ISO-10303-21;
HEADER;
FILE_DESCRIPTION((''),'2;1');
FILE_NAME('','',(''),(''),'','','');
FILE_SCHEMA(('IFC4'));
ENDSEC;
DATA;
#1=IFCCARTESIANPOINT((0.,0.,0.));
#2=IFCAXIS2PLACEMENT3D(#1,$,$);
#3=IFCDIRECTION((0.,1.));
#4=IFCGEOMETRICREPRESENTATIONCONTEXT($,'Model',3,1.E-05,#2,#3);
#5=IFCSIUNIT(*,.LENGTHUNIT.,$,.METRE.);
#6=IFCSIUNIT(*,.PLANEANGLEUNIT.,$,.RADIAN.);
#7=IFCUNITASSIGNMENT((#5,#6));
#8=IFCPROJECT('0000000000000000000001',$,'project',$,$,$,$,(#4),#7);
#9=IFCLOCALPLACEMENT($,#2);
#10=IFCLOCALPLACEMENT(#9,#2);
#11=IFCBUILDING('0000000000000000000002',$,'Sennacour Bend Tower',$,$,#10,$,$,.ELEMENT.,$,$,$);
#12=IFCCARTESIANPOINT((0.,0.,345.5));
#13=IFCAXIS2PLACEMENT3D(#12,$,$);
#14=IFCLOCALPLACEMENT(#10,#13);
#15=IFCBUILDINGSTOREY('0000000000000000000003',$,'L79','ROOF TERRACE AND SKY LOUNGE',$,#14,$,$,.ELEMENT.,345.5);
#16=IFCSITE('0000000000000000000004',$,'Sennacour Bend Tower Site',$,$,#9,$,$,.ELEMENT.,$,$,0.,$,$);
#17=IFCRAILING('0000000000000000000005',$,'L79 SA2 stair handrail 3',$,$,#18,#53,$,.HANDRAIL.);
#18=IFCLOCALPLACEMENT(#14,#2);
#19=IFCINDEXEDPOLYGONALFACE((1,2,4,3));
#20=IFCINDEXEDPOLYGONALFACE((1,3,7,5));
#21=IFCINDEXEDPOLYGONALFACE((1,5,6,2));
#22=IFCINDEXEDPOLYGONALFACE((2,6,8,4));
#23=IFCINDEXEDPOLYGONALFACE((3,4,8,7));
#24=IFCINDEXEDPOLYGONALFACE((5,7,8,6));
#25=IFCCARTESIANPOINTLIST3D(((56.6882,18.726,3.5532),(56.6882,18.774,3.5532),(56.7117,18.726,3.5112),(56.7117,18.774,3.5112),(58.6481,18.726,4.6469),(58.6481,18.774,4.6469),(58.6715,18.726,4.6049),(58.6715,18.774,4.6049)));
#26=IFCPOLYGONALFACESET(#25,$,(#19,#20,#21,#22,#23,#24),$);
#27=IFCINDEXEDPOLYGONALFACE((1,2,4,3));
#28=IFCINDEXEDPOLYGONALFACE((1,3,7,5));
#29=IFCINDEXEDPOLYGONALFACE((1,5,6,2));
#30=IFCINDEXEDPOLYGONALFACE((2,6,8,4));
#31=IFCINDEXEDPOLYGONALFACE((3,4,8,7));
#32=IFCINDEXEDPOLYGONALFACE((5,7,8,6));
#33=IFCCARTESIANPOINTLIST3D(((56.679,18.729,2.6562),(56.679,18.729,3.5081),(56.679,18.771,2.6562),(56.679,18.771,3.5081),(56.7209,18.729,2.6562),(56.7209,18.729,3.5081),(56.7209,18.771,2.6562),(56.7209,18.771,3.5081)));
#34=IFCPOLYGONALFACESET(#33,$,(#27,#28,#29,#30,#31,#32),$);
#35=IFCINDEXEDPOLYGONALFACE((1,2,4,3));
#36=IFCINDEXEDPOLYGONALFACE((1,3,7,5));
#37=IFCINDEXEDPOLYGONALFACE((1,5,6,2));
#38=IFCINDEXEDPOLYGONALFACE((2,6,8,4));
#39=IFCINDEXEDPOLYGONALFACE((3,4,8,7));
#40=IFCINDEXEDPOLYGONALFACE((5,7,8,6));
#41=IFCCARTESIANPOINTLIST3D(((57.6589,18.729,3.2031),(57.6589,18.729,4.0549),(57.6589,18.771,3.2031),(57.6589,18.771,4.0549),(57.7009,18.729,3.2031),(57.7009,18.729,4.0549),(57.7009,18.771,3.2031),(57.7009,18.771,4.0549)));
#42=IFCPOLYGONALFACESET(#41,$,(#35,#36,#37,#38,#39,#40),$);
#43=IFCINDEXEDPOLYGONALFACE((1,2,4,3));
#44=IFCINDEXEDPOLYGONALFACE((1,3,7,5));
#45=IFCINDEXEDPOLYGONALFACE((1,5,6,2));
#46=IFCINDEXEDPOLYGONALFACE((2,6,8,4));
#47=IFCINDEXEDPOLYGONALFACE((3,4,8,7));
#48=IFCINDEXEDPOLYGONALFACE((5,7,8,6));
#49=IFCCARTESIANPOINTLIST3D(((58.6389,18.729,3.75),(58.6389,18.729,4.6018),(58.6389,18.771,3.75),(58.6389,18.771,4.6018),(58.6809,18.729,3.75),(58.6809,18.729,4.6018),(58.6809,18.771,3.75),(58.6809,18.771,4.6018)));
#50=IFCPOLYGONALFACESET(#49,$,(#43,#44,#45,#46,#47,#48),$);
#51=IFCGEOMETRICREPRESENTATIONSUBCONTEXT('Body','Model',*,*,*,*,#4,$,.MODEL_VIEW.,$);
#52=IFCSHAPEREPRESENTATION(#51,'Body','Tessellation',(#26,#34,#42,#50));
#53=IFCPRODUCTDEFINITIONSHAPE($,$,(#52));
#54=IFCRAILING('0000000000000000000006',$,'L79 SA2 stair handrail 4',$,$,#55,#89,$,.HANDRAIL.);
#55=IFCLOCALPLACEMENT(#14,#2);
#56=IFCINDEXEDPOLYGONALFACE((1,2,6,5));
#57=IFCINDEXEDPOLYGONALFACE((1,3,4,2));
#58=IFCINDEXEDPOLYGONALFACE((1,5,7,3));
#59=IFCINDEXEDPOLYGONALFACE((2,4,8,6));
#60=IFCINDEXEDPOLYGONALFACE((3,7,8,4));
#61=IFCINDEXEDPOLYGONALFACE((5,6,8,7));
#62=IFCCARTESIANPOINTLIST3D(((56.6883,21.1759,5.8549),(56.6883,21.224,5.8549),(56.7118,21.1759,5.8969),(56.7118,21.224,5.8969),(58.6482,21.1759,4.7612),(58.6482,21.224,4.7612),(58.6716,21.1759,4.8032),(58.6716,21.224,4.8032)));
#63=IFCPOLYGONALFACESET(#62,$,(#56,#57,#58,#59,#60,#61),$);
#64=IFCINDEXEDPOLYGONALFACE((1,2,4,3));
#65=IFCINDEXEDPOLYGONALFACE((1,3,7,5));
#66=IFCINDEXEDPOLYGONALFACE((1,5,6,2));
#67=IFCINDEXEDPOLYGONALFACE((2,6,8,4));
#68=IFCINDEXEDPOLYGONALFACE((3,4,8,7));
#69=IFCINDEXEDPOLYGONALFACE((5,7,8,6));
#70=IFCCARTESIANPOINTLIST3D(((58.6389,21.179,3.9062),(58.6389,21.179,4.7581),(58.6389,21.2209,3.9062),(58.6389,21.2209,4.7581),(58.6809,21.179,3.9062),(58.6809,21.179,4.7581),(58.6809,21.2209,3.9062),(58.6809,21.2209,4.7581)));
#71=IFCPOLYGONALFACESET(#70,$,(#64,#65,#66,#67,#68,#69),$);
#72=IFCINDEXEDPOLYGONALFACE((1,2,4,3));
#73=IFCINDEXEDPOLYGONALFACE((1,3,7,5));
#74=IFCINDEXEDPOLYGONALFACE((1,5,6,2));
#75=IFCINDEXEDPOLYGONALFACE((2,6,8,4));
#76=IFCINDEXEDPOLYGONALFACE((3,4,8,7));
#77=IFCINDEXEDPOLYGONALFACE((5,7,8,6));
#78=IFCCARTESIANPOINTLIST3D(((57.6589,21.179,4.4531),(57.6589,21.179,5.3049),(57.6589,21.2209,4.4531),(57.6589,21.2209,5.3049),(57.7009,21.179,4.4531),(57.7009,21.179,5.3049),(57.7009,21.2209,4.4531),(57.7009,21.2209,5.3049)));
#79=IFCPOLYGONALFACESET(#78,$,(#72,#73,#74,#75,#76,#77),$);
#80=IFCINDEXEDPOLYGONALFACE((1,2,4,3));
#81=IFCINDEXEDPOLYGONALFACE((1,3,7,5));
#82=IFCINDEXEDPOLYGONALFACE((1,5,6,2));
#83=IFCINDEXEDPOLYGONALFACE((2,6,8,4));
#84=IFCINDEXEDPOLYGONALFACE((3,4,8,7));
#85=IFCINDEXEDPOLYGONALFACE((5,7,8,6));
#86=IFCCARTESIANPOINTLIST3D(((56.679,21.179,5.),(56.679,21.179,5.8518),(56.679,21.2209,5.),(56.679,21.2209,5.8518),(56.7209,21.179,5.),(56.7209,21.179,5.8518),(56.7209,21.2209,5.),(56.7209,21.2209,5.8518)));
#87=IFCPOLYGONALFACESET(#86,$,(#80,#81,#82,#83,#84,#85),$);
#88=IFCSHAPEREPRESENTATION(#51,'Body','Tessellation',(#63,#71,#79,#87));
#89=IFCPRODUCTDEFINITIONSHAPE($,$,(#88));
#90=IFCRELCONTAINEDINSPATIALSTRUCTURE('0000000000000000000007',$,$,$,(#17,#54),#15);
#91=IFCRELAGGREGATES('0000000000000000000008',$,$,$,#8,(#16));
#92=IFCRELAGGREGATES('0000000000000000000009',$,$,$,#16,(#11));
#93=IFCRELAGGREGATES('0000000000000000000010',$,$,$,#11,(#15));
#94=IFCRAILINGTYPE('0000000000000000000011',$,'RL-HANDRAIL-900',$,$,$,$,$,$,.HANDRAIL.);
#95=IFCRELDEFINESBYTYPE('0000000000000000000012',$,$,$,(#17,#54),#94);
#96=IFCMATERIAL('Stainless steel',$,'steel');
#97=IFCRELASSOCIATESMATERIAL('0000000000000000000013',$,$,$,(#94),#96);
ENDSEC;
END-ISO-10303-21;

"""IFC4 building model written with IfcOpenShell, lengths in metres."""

from ifc_helpers import new_model, si_unit, direction, frame, origin, origin_2d, place, context, subcontext, project, spatial, rectangle, extrude, material, type_object, element, save


model = new_model("IFC4")

# Units and contexts
model_context = context("Model", 3, precision=1e-05, world=origin(), true_north=direction((0.0, 1.0)))
body_context = subcontext(model_context, "Body", "Model", "MODEL_VIEW")
ifc_project = project(units=[si_unit("LENGTHUNIT", "METRE"), si_unit("PLANEANGLEUNIT", "RADIAN")], contexts=[model_context])

# Site, building, storey
site_placement = place(None, origin())
site = spatial("IfcSite", under=ifc_project, at=site_placement, Name="Sennacour Bend Tower Site", CompositionType="ELEMENT", RefElevation=0.0)
building_placement = place(site_placement, origin())
building = spatial("IfcBuilding", under=site, at=building_placement, Name="Sennacour Bend Tower", CompositionType="ELEMENT")
storey_placement = place(building_placement, frame((0.0, 0.0, 345.5)))
storey = spatial("IfcBuildingStorey", under=building, at=storey_placement, Name="L79", Description="ROOF TERRACE AND SKY LOUNGE", CompositionType="ELEMENT", Elevation=345.5)

# Shared definitions
ifc_material_1 = material(Name="Stainless steel", Category="steel")

# Railings
railing_type_1 = type_object("IfcRailingType", Name="RL-HANDRAIL-900", PredefinedType="HANDRAIL", material=ifc_material_1)
railing_1_placement = place(storey_placement, frame((56.7, 18.75, 2.6562)))
element("IfcRailing", 1, at=railing_1_placement, inside=storey, type_object=railing_type_1, Name="L79 SA2 stair handrail 3", PredefinedType="HANDRAIL", context=body_context, shape_type="SweptSolid", body=[
    extrude(rectangle(XDim=0.0481, YDim=0.0481, at=origin_2d()), frame((0.0, 0.0, 0.876), z_axis=(0.873232, 0.0, 0.487304), x_axis=(0.0, 1.0, 0.0)), (0.0, 0.0, 1.0), 2.2444),
    extrude(rectangle(XDim=0.042, YDim=0.042, at=origin_2d()), origin(), (0.0, 0.0, 1.0), 0.8518),
    extrude(rectangle(XDim=0.042, YDim=0.042, at=origin_2d()), frame((0.98, 0.0, 0.5469)), (0.0, 0.0, 1.0), 0.8518),
    extrude(rectangle(XDim=0.042, YDim=0.042, at=origin_2d()), frame((1.96, 0.0, 1.0938)), (0.0, 0.0, 1.0), 0.8518),
])
railing_2_placement = place(storey_placement, frame((58.6599, 21.2, 3.9062)))
element("IfcRailing", 2, at=railing_2_placement, inside=storey, type_object=railing_type_1, Name="L79 SA2 stair handrail 4", PredefinedType="HANDRAIL", context=body_context, shape_type="SweptSolid", body=[
    extrude(rectangle(XDim=0.0481, YDim=0.0481, at=origin_2d()), frame((0.0, 0.0, 0.876), z_axis=(-0.873232, 0.0, 0.487304), x_axis=(0.0, -1.0, 0.0)), (0.0, 0.0, 1.0), 2.2444),
    extrude(rectangle(XDim=0.042, YDim=0.042, at=origin_2d()), origin(), (0.0, 0.0, 1.0), 0.8518),
    extrude(rectangle(XDim=0.042, YDim=0.042, at=origin_2d()), frame((-0.98, 0.0, 0.5469)), (0.0, 0.0, 1.0), 0.8518),
    extrude(rectangle(XDim=0.042, YDim=0.042, at=origin_2d()), frame((-1.96, 0.0, 1.0938)), (0.0, 0.0, 1.0), 0.8518),
])

save(model, "model.ifc")
